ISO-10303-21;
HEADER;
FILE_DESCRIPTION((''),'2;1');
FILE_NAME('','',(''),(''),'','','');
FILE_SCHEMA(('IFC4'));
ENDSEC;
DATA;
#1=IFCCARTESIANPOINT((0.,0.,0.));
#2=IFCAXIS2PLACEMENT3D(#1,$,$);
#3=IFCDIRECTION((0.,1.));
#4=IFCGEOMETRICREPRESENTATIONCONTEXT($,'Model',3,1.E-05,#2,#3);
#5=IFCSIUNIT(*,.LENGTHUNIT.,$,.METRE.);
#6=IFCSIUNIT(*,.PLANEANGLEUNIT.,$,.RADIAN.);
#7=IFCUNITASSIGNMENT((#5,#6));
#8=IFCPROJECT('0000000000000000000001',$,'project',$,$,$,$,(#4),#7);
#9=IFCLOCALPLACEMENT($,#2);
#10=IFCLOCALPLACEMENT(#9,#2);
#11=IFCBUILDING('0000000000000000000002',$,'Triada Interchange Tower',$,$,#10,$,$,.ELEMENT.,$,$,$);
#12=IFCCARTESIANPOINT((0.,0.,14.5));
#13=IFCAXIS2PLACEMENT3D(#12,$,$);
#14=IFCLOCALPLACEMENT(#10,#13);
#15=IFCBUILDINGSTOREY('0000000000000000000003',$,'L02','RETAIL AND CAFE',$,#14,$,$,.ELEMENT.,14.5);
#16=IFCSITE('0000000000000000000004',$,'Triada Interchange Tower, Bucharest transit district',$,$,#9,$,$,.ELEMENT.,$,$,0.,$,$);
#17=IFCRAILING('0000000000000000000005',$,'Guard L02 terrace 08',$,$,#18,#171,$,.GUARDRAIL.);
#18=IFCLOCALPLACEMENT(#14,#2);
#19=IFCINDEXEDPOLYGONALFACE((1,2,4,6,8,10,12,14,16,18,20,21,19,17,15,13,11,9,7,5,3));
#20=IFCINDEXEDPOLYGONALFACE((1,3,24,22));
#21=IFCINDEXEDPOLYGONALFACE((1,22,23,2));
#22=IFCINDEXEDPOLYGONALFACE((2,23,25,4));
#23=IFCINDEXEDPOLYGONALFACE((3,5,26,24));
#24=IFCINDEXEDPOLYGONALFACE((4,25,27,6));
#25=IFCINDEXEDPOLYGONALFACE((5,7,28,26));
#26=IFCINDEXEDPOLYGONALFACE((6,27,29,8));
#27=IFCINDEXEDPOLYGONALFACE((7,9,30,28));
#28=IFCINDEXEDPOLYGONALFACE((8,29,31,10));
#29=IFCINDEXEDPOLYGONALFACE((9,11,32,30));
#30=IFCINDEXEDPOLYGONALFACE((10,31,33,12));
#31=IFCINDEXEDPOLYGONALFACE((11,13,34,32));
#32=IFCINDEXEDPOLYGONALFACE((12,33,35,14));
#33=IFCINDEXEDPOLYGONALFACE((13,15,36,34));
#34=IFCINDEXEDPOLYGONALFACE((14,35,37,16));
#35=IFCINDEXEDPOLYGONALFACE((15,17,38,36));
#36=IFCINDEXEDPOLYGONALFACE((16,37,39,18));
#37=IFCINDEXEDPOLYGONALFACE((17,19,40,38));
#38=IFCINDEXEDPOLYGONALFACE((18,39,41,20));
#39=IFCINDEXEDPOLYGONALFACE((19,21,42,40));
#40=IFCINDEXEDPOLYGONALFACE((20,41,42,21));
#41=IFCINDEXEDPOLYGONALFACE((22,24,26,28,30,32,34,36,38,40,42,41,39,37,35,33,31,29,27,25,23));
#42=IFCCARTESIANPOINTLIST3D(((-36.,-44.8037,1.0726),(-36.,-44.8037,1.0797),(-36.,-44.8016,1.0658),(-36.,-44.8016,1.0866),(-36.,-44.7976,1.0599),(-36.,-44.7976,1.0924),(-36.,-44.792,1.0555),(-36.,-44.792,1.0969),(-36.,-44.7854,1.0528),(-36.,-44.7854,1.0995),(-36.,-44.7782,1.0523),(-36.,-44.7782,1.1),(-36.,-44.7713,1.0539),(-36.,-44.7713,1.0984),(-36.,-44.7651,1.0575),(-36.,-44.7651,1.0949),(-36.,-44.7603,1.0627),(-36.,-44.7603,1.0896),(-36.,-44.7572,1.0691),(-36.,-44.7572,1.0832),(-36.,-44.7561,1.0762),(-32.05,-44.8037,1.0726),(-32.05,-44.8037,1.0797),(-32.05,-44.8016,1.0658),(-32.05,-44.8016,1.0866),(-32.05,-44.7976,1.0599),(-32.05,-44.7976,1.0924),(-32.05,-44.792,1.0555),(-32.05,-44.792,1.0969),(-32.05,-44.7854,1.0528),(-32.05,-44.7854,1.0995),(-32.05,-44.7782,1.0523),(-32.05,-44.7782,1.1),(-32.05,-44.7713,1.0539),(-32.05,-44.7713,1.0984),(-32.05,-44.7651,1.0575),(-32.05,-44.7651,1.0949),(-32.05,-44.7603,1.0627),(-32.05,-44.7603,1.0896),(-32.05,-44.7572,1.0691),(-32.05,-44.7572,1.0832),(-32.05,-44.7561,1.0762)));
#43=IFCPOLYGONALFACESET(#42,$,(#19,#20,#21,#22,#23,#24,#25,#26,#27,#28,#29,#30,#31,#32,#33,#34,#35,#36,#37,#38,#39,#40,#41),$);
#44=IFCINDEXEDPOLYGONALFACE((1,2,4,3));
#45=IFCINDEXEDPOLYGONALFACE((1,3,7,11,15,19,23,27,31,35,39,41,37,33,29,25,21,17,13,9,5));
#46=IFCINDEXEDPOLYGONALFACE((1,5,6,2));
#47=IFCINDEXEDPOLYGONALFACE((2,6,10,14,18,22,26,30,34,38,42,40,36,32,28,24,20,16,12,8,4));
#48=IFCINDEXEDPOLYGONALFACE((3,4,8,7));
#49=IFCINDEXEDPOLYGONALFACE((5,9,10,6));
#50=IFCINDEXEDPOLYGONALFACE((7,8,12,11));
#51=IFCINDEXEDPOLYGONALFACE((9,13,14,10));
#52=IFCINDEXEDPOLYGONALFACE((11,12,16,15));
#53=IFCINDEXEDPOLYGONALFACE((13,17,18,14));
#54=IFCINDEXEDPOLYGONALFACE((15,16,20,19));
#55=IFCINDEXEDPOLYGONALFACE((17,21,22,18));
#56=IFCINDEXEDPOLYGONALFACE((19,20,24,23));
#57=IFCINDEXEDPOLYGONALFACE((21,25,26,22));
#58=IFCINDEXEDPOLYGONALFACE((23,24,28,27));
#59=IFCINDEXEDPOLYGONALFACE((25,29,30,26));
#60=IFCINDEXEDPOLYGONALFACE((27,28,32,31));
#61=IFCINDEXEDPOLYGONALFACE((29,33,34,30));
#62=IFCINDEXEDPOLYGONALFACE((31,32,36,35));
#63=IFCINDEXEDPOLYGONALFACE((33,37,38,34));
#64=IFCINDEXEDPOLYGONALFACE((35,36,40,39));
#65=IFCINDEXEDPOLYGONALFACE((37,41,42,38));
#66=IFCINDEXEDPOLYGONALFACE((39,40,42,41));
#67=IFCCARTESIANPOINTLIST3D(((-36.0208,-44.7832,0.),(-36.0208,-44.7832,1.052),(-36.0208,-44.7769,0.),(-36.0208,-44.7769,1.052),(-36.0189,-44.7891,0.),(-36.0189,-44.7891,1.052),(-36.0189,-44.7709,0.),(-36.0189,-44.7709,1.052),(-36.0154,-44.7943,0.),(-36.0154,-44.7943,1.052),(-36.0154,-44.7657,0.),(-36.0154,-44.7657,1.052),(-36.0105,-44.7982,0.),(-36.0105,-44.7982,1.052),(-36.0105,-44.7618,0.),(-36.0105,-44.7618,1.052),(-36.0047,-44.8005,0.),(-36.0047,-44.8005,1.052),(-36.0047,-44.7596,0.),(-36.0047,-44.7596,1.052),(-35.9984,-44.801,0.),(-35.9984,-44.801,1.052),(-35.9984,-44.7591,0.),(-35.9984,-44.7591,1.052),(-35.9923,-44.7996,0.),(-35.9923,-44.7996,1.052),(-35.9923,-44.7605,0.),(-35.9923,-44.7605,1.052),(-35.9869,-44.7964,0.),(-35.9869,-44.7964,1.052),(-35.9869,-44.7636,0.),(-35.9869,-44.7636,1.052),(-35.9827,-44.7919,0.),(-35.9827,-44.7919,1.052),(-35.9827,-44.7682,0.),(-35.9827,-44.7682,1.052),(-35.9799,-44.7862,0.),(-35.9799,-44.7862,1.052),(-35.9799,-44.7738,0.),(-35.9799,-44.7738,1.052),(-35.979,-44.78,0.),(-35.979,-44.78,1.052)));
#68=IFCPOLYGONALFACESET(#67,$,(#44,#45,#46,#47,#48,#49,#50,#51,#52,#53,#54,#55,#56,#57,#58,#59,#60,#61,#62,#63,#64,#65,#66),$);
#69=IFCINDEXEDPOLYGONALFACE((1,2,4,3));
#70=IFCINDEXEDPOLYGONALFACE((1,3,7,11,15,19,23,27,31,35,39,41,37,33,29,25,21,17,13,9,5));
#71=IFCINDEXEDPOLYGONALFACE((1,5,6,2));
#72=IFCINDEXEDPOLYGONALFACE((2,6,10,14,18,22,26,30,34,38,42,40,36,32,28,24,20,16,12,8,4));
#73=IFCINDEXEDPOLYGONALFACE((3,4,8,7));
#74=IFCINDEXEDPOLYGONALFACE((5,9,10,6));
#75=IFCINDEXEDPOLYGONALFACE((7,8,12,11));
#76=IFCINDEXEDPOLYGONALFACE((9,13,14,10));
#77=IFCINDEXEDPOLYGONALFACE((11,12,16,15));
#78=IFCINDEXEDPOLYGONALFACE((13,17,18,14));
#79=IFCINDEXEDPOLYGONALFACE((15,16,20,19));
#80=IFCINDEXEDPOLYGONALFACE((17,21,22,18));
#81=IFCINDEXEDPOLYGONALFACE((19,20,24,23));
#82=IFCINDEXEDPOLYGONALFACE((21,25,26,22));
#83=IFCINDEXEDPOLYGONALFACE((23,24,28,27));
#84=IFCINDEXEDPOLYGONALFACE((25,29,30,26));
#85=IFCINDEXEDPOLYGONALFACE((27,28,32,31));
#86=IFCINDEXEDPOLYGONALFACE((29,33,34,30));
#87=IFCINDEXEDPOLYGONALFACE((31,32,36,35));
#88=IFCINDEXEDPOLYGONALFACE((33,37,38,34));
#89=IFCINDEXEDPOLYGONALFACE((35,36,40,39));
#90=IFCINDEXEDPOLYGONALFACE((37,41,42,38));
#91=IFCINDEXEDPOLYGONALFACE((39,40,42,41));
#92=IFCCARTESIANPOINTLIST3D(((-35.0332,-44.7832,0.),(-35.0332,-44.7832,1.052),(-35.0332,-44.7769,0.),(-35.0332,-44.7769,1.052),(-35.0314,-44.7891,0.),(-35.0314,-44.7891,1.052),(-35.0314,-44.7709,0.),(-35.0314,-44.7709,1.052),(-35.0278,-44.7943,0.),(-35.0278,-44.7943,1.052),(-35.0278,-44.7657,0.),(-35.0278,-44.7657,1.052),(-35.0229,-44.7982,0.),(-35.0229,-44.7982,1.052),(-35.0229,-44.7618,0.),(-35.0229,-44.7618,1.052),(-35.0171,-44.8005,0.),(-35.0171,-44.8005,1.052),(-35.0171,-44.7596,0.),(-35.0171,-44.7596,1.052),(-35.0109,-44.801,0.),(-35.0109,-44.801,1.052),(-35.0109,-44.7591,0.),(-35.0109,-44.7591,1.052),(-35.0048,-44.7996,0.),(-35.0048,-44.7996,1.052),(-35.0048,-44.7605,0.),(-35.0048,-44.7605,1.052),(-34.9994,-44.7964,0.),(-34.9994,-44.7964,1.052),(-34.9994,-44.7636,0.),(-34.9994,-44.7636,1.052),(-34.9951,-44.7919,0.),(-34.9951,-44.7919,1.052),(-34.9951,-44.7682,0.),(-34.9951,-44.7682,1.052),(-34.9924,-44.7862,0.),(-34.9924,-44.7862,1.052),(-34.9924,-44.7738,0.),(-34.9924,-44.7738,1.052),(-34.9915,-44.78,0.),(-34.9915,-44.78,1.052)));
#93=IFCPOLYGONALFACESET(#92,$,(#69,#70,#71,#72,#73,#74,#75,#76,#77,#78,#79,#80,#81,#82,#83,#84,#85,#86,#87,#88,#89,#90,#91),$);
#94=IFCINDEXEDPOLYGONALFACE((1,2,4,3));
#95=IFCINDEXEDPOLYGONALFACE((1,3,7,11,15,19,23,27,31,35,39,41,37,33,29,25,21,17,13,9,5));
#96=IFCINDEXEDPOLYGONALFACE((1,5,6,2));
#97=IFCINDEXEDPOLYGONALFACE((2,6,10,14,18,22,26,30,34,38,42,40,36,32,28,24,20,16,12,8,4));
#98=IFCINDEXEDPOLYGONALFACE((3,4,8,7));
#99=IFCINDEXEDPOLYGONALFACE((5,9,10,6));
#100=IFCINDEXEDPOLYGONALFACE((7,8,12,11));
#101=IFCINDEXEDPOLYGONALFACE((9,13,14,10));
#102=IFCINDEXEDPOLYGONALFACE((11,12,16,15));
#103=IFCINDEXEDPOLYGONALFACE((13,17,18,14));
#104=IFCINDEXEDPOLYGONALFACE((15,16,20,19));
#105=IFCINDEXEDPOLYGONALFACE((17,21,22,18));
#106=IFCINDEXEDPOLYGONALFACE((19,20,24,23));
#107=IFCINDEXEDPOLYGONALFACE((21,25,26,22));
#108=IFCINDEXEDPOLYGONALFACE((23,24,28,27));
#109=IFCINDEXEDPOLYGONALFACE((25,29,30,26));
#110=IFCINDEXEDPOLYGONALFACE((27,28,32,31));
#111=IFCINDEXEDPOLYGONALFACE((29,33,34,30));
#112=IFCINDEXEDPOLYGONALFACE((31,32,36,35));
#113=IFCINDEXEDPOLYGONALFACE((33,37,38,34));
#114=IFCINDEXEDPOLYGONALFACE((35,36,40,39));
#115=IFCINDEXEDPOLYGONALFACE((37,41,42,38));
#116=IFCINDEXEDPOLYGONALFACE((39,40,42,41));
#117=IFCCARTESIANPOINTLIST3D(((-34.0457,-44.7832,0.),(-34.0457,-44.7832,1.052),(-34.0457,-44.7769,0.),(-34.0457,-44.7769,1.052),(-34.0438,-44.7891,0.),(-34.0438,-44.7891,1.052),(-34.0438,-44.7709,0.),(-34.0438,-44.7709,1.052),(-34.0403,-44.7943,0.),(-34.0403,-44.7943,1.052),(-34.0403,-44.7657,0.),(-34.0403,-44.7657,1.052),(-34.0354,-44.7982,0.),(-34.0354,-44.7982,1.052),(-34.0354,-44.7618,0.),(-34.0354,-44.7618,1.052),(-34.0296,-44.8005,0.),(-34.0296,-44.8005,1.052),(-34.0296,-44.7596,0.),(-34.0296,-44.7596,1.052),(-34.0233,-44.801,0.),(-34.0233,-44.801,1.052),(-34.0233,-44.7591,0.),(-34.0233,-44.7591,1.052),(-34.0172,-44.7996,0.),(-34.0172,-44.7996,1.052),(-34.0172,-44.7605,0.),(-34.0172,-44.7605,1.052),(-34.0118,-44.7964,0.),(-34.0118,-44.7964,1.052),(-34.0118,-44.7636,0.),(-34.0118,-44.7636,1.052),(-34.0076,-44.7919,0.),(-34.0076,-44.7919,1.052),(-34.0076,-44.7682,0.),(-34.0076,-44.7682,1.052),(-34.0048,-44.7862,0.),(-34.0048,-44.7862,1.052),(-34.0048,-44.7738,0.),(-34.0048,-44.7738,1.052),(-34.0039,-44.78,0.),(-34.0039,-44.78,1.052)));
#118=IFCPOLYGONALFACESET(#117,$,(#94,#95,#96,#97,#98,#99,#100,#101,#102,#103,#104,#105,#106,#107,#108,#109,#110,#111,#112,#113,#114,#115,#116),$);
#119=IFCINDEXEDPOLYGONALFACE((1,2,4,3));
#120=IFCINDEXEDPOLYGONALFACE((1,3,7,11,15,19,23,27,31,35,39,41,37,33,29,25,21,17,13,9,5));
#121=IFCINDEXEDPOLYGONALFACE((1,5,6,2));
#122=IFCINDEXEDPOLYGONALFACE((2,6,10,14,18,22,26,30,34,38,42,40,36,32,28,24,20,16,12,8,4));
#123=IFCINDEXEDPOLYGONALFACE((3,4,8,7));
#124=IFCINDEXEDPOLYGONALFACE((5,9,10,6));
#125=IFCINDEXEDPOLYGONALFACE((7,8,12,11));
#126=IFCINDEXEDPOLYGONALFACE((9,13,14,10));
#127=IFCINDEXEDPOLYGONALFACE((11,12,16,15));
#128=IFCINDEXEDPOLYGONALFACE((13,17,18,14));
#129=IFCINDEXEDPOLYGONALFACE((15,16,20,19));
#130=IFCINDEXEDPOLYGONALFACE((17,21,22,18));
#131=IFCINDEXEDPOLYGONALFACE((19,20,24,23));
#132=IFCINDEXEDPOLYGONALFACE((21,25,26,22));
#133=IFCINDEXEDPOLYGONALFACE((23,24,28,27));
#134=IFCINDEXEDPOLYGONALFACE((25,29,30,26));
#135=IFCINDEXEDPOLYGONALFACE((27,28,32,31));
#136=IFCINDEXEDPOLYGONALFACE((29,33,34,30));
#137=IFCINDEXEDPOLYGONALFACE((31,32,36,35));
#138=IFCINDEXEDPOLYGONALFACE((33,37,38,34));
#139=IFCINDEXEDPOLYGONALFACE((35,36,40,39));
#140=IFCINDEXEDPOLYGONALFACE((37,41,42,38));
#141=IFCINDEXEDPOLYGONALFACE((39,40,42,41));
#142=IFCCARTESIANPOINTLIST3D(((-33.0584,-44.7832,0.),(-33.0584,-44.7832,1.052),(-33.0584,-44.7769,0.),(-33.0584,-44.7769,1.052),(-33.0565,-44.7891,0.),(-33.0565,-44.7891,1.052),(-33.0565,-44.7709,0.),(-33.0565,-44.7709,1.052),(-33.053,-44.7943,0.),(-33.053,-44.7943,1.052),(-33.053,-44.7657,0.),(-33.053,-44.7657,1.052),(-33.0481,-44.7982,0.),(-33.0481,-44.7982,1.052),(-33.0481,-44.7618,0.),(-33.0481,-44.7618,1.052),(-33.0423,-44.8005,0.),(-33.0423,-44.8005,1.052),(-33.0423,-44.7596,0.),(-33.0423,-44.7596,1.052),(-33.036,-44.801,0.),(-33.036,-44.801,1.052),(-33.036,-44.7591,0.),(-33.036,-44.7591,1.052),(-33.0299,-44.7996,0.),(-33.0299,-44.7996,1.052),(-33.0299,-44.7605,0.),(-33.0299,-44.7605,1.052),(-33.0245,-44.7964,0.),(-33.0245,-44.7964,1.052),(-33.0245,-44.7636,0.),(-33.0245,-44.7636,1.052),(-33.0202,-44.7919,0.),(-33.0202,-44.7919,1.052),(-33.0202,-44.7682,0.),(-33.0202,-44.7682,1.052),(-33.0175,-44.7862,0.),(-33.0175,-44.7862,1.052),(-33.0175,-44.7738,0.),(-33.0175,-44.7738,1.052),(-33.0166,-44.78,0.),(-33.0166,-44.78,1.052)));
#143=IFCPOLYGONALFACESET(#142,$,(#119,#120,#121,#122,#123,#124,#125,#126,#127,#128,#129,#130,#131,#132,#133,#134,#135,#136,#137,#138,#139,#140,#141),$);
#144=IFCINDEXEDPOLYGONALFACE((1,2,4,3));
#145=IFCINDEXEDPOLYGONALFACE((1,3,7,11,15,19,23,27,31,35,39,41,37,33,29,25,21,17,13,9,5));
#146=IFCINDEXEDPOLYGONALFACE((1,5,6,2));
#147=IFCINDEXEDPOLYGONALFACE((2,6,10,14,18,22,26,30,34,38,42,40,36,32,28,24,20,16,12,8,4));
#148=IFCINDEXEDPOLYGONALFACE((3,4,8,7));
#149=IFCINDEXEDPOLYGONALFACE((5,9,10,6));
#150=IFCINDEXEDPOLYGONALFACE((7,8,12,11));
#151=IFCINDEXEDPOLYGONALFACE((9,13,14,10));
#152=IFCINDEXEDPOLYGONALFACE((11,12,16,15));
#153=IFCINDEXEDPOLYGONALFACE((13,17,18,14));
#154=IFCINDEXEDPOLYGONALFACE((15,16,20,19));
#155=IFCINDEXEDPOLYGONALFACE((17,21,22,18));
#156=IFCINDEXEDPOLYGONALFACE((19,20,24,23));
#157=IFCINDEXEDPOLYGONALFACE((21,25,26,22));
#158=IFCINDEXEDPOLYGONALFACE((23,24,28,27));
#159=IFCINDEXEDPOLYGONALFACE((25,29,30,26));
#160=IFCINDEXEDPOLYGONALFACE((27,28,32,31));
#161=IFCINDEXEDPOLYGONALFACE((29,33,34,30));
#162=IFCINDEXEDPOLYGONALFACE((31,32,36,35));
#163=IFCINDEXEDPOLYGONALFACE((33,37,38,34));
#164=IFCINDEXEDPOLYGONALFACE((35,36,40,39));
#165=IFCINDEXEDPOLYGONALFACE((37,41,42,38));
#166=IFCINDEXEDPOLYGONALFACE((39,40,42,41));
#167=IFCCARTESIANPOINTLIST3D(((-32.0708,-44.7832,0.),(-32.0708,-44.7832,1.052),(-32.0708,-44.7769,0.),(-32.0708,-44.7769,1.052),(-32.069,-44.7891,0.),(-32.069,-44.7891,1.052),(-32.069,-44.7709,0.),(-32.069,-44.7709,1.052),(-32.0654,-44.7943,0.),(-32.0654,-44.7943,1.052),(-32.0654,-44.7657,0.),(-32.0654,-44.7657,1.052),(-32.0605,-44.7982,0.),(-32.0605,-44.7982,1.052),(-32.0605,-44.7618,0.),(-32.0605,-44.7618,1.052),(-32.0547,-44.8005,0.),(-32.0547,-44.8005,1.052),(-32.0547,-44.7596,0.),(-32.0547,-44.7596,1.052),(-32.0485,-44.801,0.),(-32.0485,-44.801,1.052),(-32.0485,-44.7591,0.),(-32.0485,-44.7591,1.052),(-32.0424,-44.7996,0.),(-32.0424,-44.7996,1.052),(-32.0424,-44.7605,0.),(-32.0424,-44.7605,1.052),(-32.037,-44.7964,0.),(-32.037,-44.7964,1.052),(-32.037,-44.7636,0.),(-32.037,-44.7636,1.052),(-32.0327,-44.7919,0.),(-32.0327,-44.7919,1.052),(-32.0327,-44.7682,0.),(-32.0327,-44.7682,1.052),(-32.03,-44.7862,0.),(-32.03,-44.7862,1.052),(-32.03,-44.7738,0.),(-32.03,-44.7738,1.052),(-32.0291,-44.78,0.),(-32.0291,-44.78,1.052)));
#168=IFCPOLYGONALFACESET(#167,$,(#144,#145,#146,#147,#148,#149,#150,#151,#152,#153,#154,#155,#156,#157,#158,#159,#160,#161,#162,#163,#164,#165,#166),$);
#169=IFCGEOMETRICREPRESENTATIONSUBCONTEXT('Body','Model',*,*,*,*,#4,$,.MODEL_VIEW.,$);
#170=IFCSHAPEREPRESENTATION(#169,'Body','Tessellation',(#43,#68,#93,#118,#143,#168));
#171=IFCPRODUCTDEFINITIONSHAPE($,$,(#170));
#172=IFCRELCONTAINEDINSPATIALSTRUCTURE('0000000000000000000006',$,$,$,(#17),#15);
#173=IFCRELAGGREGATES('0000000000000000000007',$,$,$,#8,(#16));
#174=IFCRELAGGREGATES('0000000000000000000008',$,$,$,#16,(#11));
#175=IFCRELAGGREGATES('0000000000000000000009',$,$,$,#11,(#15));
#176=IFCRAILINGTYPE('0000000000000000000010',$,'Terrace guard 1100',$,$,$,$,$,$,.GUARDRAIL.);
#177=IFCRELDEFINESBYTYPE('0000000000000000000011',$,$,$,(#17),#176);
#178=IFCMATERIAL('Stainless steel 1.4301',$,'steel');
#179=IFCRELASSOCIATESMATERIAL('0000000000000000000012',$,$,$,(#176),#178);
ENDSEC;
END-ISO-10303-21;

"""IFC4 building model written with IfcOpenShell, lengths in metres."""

from ifc_helpers import new_model, si_unit, direction, frame, origin, origin_2d, place, context, subcontext, project, spatial, circle, extrude, material, type_object, element, save


model = new_model("IFC4")

# Units and contexts
model_context = context("Model", 3, precision=1e-05, world=origin(), true_north=direction((0.0, 1.0)))
body_context = subcontext(model_context, "Body", "Model", "MODEL_VIEW")
ifc_project = project(units=[si_unit("LENGTHUNIT", "METRE"), si_unit("PLANEANGLEUNIT", "RADIAN")], contexts=[model_context])

# Site, building, storey
site_placement = place(None, origin())
site = spatial("IfcSite", under=ifc_project, at=site_placement, Name="Triada Interchange Tower, Bucharest transit district", CompositionType="ELEMENT", RefElevation=0.0)
building_placement = place(site_placement, origin())
building = spatial("IfcBuilding", under=site, at=building_placement, Name="Triada Interchange Tower", CompositionType="ELEMENT")
storey_placement = place(building_placement, frame((0.0, 0.0, 14.5)))
storey = spatial("IfcBuildingStorey", under=building, at=storey_placement, Name="L02", Description="RETAIL AND CAFE", CompositionType="ELEMENT", Elevation=14.5)

# Railing
ifc_material_1 = material(Name="Stainless steel 1.4301", Category="steel")
railing_type = type_object("IfcRailingType", Name="Terrace guard 1100", PredefinedType="GUARDRAIL", material=ifc_material_1)
railing_1_placement = place(storey_placement, frame((-36.0, -44.78, 0.0)))
element("IfcRailing", 1, at=railing_1_placement, inside=storey, type_object=railing_type, Name="Guard L02 terrace 08", PredefinedType="GUARDRAIL", context=body_context, shape_type="SweptSolid", body=[
    extrude(circle(Radius=0.0239, at=origin_2d()), frame((0.0, 0.0, 1.0762), z_axis=(1.0, 0.0, 0.0), x_axis=(0.0, 1.0, 0.0)), (0.0, 0.0, 1.0), 3.95),
    extrude(circle(Radius=0.021, at=origin_2d()), origin(), (0.0, 0.0, 1.0), 1.052),
    extrude(circle(Radius=0.021, at=origin_2d()), frame((0.9875, 0.0, 0.0)), (0.0, 0.0, 1.0), 1.052),
    extrude(circle(Radius=0.021, at=origin_2d()), frame((1.9751, 0.0, 0.0)), (0.0, 0.0, 1.0), 1.052),
    extrude(circle(Radius=0.021, at=origin_2d()), frame((2.9624, 0.0, 0.0)), (0.0, 0.0, 1.0), 1.052),
    extrude(circle(Radius=0.021, at=origin_2d()), frame((3.95, 0.0, 0.0)), (0.0, 0.0, 1.0), 1.052),
])

save(model, "model.ifc")
